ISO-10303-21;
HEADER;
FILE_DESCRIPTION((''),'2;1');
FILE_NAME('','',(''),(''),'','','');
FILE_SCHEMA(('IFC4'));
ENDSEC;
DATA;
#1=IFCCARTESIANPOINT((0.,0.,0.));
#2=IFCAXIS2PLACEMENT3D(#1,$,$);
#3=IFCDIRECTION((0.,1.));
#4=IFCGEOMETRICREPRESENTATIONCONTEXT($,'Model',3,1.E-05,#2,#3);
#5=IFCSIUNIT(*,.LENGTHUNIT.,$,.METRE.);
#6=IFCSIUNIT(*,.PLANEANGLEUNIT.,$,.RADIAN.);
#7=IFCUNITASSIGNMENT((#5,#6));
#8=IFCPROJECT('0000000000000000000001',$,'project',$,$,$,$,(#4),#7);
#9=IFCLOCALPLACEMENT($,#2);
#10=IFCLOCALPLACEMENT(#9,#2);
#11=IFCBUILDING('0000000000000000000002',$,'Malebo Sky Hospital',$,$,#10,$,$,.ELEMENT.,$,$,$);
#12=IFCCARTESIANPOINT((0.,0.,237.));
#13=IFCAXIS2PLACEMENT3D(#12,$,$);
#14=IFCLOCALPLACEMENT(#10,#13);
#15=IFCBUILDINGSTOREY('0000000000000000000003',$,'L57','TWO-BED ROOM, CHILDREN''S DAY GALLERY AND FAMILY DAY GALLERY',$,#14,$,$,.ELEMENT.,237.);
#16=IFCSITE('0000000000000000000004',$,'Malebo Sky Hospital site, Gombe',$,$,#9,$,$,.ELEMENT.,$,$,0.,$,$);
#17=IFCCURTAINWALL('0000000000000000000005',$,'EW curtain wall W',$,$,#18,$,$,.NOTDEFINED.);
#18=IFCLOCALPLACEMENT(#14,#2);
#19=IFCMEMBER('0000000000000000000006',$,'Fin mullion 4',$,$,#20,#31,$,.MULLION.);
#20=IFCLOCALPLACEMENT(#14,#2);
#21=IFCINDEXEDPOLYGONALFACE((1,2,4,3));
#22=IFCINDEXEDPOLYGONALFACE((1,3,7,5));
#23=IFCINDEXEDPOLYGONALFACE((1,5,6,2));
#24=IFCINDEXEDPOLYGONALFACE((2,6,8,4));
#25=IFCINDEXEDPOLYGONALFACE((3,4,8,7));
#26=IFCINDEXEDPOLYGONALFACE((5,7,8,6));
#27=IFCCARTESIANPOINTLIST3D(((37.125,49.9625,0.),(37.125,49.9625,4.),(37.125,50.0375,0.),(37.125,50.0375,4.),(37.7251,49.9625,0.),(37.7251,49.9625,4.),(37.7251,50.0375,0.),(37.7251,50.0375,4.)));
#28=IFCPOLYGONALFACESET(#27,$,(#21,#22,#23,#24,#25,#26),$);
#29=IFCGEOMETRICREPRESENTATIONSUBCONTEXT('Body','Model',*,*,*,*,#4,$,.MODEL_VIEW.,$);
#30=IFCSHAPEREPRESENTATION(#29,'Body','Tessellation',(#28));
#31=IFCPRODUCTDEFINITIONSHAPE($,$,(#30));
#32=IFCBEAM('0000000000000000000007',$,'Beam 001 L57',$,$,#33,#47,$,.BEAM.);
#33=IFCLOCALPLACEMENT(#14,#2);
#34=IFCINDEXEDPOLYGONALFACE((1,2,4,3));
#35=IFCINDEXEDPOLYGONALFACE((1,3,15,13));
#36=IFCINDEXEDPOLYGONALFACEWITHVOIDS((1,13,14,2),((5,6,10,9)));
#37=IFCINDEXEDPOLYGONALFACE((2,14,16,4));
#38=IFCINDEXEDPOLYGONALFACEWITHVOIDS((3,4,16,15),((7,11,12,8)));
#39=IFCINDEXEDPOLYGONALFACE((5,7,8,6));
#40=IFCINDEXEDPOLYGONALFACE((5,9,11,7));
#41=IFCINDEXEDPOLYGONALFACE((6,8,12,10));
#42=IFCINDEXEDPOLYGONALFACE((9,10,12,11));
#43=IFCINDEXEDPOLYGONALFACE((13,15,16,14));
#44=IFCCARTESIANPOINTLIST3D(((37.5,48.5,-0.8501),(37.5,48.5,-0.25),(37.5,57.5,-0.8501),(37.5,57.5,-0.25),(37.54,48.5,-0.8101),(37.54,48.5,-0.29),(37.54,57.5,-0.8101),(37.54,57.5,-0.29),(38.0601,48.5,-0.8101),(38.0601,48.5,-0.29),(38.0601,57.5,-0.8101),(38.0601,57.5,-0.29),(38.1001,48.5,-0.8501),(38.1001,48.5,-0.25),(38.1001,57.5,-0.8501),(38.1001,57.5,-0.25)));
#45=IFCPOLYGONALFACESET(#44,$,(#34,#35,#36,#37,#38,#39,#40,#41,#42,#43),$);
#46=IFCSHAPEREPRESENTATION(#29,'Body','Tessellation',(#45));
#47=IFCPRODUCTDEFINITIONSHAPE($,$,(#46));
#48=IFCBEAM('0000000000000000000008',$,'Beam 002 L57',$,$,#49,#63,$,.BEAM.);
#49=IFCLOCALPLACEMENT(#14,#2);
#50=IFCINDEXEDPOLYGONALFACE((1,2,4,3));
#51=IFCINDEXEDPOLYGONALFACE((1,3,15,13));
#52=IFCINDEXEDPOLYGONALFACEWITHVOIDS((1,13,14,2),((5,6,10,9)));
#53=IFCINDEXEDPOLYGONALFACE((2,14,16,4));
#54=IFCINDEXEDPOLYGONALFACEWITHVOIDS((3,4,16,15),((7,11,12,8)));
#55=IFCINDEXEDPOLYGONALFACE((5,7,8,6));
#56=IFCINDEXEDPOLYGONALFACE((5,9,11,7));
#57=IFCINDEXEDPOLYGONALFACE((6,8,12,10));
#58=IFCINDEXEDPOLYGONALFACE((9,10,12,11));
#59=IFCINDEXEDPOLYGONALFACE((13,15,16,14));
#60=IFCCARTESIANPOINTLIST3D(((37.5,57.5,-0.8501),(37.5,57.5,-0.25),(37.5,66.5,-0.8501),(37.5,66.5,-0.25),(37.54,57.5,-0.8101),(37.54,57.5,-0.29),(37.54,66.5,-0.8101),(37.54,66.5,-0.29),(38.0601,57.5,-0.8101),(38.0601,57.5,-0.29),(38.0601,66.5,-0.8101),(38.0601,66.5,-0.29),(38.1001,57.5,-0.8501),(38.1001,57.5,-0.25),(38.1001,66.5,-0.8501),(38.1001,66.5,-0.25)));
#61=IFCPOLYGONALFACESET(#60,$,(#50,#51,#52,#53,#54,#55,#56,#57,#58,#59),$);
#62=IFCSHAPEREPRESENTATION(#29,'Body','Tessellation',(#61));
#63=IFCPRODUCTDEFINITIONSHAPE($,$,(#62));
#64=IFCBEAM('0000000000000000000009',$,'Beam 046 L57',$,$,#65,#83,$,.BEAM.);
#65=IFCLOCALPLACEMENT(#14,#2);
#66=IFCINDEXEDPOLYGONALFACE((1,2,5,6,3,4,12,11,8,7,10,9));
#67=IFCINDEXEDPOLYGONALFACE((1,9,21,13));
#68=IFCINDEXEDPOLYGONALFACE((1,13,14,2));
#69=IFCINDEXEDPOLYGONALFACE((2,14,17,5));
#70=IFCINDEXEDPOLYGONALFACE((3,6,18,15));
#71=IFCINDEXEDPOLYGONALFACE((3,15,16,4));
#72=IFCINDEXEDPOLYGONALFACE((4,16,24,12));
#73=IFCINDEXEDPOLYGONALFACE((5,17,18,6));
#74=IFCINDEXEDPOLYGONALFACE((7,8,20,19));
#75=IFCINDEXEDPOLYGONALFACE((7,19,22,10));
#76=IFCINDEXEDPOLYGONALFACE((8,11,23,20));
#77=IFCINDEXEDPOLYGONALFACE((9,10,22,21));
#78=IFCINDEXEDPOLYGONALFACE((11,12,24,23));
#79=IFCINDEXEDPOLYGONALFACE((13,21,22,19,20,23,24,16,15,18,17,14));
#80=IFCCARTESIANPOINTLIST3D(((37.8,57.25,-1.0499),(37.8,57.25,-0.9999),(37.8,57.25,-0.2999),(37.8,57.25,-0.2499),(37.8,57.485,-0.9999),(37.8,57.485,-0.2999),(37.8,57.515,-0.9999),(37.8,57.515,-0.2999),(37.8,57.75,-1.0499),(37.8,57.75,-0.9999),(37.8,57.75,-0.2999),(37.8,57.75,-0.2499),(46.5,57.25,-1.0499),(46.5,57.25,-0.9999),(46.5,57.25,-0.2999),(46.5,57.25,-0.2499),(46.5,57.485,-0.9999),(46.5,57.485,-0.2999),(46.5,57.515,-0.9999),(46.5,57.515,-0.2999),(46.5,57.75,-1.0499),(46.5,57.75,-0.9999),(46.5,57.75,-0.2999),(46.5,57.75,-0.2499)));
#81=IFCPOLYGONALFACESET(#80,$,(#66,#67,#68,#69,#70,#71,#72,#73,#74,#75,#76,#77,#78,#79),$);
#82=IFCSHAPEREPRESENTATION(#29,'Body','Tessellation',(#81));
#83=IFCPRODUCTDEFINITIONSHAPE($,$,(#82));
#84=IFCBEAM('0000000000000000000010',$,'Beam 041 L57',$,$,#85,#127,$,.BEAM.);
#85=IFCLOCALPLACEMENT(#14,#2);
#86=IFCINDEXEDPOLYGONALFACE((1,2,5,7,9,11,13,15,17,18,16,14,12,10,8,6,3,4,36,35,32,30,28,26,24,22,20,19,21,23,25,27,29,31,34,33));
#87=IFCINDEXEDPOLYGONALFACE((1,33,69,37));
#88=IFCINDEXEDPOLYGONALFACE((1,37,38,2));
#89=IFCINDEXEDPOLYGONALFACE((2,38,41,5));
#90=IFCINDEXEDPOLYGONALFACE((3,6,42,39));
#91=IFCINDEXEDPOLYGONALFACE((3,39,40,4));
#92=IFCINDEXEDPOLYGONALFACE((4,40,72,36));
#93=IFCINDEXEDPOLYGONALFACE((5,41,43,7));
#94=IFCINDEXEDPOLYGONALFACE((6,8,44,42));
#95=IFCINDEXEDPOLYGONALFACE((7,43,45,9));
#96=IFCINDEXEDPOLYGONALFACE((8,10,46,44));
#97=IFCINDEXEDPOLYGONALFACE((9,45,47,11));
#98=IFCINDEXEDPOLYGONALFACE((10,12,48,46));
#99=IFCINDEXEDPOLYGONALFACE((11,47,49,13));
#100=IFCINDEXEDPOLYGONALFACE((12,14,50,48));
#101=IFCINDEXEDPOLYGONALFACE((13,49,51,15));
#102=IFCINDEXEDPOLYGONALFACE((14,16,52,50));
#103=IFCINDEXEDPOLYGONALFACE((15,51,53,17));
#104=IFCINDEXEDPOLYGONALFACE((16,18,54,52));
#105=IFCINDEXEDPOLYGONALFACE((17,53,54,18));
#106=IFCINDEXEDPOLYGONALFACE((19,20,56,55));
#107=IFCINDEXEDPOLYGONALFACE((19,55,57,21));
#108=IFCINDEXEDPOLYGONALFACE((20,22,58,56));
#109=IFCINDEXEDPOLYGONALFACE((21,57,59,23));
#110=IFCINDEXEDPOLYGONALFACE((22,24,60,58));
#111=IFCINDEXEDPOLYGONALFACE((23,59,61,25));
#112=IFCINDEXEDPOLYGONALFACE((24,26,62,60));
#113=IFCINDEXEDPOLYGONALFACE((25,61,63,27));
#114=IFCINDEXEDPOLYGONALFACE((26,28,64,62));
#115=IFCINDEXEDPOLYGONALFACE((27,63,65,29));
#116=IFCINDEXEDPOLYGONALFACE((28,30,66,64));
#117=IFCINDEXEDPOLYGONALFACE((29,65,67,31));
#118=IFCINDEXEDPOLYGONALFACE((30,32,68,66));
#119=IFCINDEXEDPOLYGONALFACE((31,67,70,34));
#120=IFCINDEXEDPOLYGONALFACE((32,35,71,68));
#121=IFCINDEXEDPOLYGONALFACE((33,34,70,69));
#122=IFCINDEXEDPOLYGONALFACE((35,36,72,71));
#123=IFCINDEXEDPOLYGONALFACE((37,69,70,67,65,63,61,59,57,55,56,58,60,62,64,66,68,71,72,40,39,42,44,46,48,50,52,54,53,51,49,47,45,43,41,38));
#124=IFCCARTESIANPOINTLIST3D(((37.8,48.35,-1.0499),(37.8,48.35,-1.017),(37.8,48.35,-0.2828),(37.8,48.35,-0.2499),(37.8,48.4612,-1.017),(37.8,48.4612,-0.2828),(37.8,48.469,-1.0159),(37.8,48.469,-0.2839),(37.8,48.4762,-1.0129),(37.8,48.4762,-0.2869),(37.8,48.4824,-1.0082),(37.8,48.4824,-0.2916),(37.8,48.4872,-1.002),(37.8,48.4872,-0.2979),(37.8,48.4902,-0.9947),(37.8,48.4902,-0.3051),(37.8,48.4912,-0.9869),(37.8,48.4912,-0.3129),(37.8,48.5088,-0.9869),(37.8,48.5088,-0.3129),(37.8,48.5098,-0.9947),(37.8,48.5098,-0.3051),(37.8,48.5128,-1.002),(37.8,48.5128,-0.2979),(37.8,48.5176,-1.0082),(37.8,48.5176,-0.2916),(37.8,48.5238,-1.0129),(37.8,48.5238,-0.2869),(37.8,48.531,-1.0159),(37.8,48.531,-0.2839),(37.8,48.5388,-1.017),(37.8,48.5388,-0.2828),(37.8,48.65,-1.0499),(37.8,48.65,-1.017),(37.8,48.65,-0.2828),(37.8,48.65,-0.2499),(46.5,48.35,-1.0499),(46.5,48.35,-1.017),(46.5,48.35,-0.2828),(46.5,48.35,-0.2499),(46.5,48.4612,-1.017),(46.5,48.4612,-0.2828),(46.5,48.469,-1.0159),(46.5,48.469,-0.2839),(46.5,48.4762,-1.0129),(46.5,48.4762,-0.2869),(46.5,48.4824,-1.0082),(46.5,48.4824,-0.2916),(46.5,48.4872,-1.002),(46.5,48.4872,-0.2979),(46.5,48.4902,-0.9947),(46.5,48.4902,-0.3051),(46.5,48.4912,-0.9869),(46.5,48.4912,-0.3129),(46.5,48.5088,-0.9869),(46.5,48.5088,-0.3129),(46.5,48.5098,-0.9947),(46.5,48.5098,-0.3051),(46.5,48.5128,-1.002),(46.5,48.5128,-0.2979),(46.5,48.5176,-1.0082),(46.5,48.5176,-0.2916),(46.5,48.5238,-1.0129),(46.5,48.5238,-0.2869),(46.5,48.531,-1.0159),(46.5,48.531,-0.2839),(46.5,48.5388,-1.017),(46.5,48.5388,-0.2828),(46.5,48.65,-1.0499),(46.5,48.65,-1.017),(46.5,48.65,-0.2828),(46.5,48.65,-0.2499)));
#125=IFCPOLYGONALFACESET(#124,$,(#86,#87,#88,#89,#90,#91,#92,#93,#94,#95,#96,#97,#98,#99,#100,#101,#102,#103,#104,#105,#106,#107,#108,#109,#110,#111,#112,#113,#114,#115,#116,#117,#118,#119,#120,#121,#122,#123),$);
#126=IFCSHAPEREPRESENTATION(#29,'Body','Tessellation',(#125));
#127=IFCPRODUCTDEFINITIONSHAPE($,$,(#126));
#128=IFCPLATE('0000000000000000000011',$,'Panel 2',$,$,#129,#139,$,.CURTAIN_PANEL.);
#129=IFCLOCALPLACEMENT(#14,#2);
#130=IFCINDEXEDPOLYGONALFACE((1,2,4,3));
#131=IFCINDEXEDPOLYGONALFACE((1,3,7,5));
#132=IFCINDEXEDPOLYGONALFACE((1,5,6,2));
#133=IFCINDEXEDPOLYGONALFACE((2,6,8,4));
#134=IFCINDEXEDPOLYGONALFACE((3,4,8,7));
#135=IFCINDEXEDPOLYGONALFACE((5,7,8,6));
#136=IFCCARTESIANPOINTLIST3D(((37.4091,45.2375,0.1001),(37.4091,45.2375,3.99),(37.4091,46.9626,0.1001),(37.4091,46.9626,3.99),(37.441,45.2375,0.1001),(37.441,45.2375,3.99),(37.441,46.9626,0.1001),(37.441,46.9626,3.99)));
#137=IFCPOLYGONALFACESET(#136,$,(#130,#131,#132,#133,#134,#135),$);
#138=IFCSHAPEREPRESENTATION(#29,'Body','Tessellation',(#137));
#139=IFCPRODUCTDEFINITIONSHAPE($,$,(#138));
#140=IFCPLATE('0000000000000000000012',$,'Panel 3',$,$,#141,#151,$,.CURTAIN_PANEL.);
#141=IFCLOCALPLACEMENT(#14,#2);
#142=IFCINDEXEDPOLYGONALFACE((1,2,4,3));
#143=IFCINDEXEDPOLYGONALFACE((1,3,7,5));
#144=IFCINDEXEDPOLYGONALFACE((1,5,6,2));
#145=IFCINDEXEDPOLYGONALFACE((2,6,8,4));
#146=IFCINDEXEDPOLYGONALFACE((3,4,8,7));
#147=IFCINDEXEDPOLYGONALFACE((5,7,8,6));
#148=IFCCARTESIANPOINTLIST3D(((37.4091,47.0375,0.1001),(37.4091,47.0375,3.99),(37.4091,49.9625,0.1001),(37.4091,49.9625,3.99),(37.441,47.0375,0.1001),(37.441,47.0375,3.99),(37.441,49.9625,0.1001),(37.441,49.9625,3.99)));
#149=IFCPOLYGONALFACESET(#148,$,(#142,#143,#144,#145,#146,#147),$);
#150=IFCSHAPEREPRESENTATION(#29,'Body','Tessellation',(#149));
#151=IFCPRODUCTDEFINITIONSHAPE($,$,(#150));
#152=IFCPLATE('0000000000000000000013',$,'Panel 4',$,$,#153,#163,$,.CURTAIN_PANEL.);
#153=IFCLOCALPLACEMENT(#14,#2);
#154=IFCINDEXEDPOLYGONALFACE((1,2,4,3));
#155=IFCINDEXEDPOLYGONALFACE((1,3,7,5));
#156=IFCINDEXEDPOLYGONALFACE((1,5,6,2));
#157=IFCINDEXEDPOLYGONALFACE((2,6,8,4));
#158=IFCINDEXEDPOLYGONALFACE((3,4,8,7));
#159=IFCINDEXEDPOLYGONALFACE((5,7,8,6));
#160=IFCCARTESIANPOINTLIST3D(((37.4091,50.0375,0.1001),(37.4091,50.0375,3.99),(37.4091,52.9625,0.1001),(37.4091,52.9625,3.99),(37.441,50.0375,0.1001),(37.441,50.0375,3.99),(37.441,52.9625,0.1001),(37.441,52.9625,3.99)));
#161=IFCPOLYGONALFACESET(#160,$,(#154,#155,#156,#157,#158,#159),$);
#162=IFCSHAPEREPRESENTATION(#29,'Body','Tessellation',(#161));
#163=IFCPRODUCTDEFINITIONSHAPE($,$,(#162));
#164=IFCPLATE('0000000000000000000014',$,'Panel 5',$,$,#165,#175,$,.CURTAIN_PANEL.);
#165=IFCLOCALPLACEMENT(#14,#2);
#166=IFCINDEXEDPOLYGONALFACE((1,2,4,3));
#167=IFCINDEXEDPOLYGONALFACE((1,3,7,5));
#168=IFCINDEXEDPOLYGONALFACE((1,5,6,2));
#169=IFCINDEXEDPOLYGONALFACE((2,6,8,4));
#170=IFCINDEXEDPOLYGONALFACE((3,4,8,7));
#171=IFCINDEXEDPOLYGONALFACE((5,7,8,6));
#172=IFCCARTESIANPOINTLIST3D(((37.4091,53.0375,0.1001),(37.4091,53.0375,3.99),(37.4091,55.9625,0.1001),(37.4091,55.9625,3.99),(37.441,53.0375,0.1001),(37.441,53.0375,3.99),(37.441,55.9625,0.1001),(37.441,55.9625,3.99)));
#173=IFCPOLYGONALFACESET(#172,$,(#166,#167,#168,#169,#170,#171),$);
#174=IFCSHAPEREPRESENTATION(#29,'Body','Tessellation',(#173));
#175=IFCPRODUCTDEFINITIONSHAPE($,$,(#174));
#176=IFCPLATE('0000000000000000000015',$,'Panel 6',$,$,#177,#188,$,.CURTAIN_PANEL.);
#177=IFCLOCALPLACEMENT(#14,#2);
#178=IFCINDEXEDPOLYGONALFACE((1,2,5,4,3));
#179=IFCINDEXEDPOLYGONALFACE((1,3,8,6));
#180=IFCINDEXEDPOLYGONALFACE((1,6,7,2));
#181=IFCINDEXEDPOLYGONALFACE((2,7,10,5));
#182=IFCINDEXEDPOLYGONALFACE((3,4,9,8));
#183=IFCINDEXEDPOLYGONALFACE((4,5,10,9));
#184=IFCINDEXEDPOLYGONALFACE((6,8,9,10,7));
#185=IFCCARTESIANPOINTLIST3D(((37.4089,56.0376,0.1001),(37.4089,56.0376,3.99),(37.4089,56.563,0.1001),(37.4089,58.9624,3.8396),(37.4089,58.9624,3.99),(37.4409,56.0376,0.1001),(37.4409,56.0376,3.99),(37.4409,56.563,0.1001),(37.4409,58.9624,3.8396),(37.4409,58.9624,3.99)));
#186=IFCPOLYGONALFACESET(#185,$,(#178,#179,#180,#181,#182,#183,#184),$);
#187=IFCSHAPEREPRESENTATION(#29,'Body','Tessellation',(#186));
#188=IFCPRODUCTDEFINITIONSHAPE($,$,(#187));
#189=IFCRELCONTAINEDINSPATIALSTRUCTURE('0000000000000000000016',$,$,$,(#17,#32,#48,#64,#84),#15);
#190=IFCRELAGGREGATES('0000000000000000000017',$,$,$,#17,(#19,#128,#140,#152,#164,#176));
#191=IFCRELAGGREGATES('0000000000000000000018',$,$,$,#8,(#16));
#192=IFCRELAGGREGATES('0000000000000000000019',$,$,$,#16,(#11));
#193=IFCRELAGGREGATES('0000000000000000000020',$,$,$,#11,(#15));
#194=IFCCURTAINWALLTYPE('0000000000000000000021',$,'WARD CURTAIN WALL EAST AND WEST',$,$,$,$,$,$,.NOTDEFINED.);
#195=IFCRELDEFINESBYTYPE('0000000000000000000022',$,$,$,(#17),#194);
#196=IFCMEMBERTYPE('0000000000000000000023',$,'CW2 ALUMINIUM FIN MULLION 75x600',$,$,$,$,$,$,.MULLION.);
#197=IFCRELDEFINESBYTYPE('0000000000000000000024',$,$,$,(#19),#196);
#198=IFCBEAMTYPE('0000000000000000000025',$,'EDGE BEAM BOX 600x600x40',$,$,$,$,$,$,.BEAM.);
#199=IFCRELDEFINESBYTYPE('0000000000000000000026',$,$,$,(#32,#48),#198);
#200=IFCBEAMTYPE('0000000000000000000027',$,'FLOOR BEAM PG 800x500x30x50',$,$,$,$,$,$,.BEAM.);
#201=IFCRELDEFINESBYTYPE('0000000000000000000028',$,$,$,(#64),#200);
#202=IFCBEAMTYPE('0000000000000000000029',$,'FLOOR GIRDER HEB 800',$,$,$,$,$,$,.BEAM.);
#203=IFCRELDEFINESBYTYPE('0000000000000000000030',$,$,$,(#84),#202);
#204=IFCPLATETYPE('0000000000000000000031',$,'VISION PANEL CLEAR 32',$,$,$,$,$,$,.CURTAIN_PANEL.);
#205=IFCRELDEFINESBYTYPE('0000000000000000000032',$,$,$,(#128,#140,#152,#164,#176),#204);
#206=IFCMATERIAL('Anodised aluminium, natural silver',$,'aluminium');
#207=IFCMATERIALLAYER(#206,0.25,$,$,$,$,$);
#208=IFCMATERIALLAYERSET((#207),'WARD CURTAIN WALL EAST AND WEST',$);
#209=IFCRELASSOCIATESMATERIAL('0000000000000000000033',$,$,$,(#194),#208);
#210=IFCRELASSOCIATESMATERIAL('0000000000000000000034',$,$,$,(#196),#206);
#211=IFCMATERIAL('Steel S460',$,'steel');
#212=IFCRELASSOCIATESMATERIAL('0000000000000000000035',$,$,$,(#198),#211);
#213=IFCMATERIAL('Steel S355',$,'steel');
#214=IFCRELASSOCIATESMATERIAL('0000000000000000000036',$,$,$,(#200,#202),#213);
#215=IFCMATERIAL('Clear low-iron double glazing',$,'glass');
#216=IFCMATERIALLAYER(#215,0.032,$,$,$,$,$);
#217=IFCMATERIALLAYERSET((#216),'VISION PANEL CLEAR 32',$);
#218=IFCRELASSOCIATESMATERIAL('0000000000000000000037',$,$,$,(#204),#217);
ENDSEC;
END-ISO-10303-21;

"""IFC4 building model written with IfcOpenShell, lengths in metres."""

from ifc_helpers import new_model, si_unit, direction, frame, origin, origin_2d, place, context, subcontext, project, spatial, polyline, rectangle, hollow_rectangle, i_section, outline, extrude, material, layer, layer_set, material_profile, profile_set, type_object, element, aggregate, save


model = new_model("IFC4")

# Units and contexts
model_context = context("Model", 3, precision=1e-05, world=origin(), true_north=direction((0.0, 1.0)))
body_context = subcontext(model_context, "Body", "Model", "MODEL_VIEW")
ifc_project = project(units=[si_unit("LENGTHUNIT", "METRE"), si_unit("PLANEANGLEUNIT", "RADIAN")], contexts=[model_context])

# Site, building, storey
site_placement = place(None, origin())
site = spatial("IfcSite", under=ifc_project, at=site_placement, Name="Malebo Sky Hospital site, Gombe", CompositionType="ELEMENT", RefElevation=0.0)
building_placement = place(site_placement, origin())
building = spatial("IfcBuilding", under=site, at=building_placement, Name="Malebo Sky Hospital", CompositionType="ELEMENT")
storey_placement = place(building_placement, frame((0.0, 0.0, 237.0)))
storey = spatial("IfcBuildingStorey", under=building, at=storey_placement, Name="L57", Description="TWO-BED ROOM, CHILDREN'S DAY GALLERY AND FAMILY DAY GALLERY", CompositionType="ELEMENT", Elevation=237.0)

# Shared definitions
ifc_material_1 = material(Name="Steel S460", Category="steel")

# Curtain wall
ifc_material_2 = material(Name="Anodised aluminium, natural silver", Category="aluminium")
ifc_layer_1 = layer(ifc_material_2, 0.25)
ifc_layer_set_1 = layer_set([ifc_layer_1], Name="WARD CURTAIN WALL EAST AND WEST")
curtain_wall_type = type_object("IfcCurtainWallType", Name="WARD CURTAIN WALL EAST AND WEST", PredefinedType="NOTDEFINED", material=ifc_layer_set_1)
curtain_wall_placement = place(storey_placement, origin())
curtain_wall = element("IfcCurtainWall", 1, at=curtain_wall_placement, inside=storey, type_object=curtain_wall_type, Name="EW curtain wall W", PredefinedType="NOTDEFINED")

# Member
ifc_material_3 = material(Name="Steel S355", Category="steel")
ifc_material_profile_1 = material_profile(ifc_material_2, rectangle(XDim=0.075, YDim=0.6001, at=origin_2d()), Name="CW2 ALUMINIUM FIN MULLION 75x600")
ifc_profile_set_1 = profile_set([ifc_material_profile_1], Name="Anodised aluminium, natural silver")
member_type_1 = type_object("IfcMemberType", Name="CW2 ALUMINIUM FIN MULLION 75x600", PredefinedType="MULLION", material=ifc_profile_set_1)
member_1_placement = place(storey_placement, frame((37.425, 50.0, 0.0), z_axis=(0.0, 0.0, 1.0), x_axis=(0.0, 1.0, 0.0)))
member_1 = element("IfcMember", 2, at=member_1_placement, type_object=member_type_1, Name="Fin mullion 4", PredefinedType="MULLION", context=body_context, shape_type="SweptSolid", body=[
    extrude(rectangle(XDim=0.075, YDim=0.6001, at=origin_2d()), origin(), (0.0, 0.0, 1.0), 4.0),
])

# Beams
ifc_material_profile_2 = material_profile(ifc_material_1, hollow_rectangle(XDim=0.6001, YDim=0.6001, WallThickness=0.04, at=origin_2d()), Name="BOX 600x600x40")
ifc_profile_set_2 = profile_set([ifc_material_profile_2], Name="Steel S460")
beam_type_1 = type_object("IfcBeamType", Name="EDGE BEAM BOX 600x600x40", PredefinedType="BEAM", material=ifc_profile_set_2)
for number, where, z_axis, x_axis, name in (
    (3, (37.8, 48.5, -0.55), (0.0, 1.0, 0.0), (-1.0, 0.0, 0.0), "Beam 001 L57"),
    (4, (37.8, 57.5, -0.55), (0.0, 1.0, 0.0), (-1.0, 0.0, 0.0), "Beam 002 L57"),
):
    element("IfcBeam", number, at=place(storey_placement, frame(where, z_axis=z_axis, x_axis=x_axis)), inside=storey, type_object=beam_type_1, Name=name, PredefinedType="BEAM", context=body_context, shape_type="SweptSolid", body=[
        extrude(hollow_rectangle(XDim=0.6001, YDim=0.6001, WallThickness=0.04, at=origin_2d()), origin(), (0.0, 0.0, 1.0), 9.0),
    ])
ifc_material_profile_3 = material_profile(ifc_material_3, i_section(OverallWidth=0.5, OverallDepth=0.8, WebThickness=0.03, FlangeThickness=0.05, at=origin_2d()), Name="PG 800x500x30x50")
ifc_profile_set_3 = profile_set([ifc_material_profile_3], Name="Steel S355")
beam_type_2 = type_object("IfcBeamType", Name="FLOOR BEAM PG 800x500x30x50", PredefinedType="BEAM", material=ifc_profile_set_3)
beam_1_placement = place(storey_placement, frame((37.8, 57.5, -0.6499), z_axis=(1.0, 0.0, 0.0), x_axis=(0.0, 1.0, 0.0)))
element("IfcBeam", 5, at=beam_1_placement, inside=storey, type_object=beam_type_2, Name="Beam 046 L57", PredefinedType="BEAM", context=body_context, shape_type="SweptSolid", body=[
    extrude(i_section(OverallWidth=0.5, OverallDepth=0.8, WebThickness=0.03, FlangeThickness=0.05, at=origin_2d()), origin(), (0.0, 0.0, 1.0), 8.7),
])
ifc_material_profile_4 = material_profile(ifc_material_3, i_section(OverallWidth=0.3, OverallDepth=0.8, WebThickness=0.0176, FlangeThickness=0.033, FilletRadius=0.03, at=origin_2d()), Name="HEB 800")
ifc_profile_set_4 = profile_set([ifc_material_profile_4], Name="Steel S355")
beam_type_3 = type_object("IfcBeamType", Name="FLOOR GIRDER HEB 800", PredefinedType="BEAM", material=ifc_profile_set_4)
beam_2_placement = place(storey_placement, frame((37.8, 48.5, -0.6499), z_axis=(1.0, 0.0, 0.0), x_axis=(0.0, 1.0, 0.0)))
element("IfcBeam", 6, at=beam_2_placement, inside=storey, type_object=beam_type_3, Name="Beam 041 L57", PredefinedType="BEAM", context=body_context, shape_type="SweptSolid", body=[
    extrude(i_section(OverallWidth=0.3, OverallDepth=0.8, WebThickness=0.0176, FlangeThickness=0.033, FilletRadius=0.03, at=origin_2d()), origin(), (0.0, 0.0, 1.0), 8.7),
])

# Plates
ifc_material_4 = material(Name="Clear low-iron double glazing", Category="glass")
ifc_layer_2 = layer(ifc_material_4, 0.032)
ifc_layer_set_2 = layer_set([ifc_layer_2], Name="VISION PANEL CLEAR 32")
plate_type = type_object("IfcPlateType", Name="VISION PANEL CLEAR 32", PredefinedType="CURTAIN_PANEL", material=ifc_layer_set_2)
plate_1_placement = place(storey_placement, frame((37.425, 46.1001, 0.1001), z_axis=(0.0, 0.0, 1.0), x_axis=(0.0, 1.0, 0.0)))
plate_1 = element("IfcPlate", 7, at=plate_1_placement, type_object=plate_type, Name="Panel 2", PredefinedType="CURTAIN_PANEL", context=body_context, shape_type="SweptSolid", body=[
    extrude(rectangle(XDim=1.7251, YDim=0.032, at=origin_2d()), origin(), (0.0, 0.0, 1.0), 3.8899),
])
plate_2_placement = place(storey_placement, frame((37.425, 48.5, 0.1001), z_axis=(0.0, 0.0, 1.0), x_axis=(0.0, 1.0, 0.0)))
plate_2 = element("IfcPlate", 8, at=plate_2_placement, type_object=plate_type, Name="Panel 3", PredefinedType="CURTAIN_PANEL", context=body_context, shape_type="SweptSolid", body=[
    extrude(rectangle(XDim=2.925, YDim=0.032, at=origin_2d()), origin(), (0.0, 0.0, 1.0), 3.8899),
])
plate_3_placement = place(storey_placement, frame((37.425, 51.5, 0.1001), z_axis=(0.0, 0.0, 1.0), x_axis=(0.0, 1.0, 0.0)))
plate_3 = element("IfcPlate", 9, at=plate_3_placement, type_object=plate_type, Name="Panel 4", PredefinedType="CURTAIN_PANEL", context=body_context, shape_type="SweptSolid", body=[
    extrude(rectangle(XDim=2.925, YDim=0.032, at=origin_2d()), origin(), (0.0, 0.0, 1.0), 3.8899),
])
plate_4_placement = place(storey_placement, frame((37.425, 54.5, 0.1001), z_axis=(0.0, 0.0, 1.0), x_axis=(0.0, 1.0, 0.0)))
plate_4 = element("IfcPlate", 10, at=plate_4_placement, type_object=plate_type, Name="Panel 5", PredefinedType="CURTAIN_PANEL", context=body_context, shape_type="SweptSolid", body=[
    extrude(rectangle(XDim=2.925, YDim=0.032, at=origin_2d()), origin(), (0.0, 0.0, 1.0), 3.8899),
])
plate_5_placement = place(storey_placement, frame((37.425, 57.5, 0.1001), z_axis=(0.0, 0.0, 1.0), x_axis=(0.0, 1.0, 0.0)))
plate_5 = element("IfcPlate", 11, at=plate_5_placement, type_object=plate_type, Name="Panel 6", PredefinedType="CURTAIN_PANEL", context=body_context, shape_type="SweptSolid", body=[
    extrude(outline(polyline([(-1.4624, 0.0), (-0.937, 0.0), (1.4624, 3.7395), (1.4624, 3.8899), (-1.4624, 3.8899), (-1.4624, 0.0)])), frame((0.0, 0.0161, 0.0), z_axis=(0.0, -1.0, 0.0), x_axis=(1.0, 0.0, 0.0)), (0.0, 0.0, 1.0), 0.032),
])
aggregate(curtain_wall, [member_1, plate_1, plate_2, plate_3, plate_4, plate_5])

save(model, "model.ifc")
